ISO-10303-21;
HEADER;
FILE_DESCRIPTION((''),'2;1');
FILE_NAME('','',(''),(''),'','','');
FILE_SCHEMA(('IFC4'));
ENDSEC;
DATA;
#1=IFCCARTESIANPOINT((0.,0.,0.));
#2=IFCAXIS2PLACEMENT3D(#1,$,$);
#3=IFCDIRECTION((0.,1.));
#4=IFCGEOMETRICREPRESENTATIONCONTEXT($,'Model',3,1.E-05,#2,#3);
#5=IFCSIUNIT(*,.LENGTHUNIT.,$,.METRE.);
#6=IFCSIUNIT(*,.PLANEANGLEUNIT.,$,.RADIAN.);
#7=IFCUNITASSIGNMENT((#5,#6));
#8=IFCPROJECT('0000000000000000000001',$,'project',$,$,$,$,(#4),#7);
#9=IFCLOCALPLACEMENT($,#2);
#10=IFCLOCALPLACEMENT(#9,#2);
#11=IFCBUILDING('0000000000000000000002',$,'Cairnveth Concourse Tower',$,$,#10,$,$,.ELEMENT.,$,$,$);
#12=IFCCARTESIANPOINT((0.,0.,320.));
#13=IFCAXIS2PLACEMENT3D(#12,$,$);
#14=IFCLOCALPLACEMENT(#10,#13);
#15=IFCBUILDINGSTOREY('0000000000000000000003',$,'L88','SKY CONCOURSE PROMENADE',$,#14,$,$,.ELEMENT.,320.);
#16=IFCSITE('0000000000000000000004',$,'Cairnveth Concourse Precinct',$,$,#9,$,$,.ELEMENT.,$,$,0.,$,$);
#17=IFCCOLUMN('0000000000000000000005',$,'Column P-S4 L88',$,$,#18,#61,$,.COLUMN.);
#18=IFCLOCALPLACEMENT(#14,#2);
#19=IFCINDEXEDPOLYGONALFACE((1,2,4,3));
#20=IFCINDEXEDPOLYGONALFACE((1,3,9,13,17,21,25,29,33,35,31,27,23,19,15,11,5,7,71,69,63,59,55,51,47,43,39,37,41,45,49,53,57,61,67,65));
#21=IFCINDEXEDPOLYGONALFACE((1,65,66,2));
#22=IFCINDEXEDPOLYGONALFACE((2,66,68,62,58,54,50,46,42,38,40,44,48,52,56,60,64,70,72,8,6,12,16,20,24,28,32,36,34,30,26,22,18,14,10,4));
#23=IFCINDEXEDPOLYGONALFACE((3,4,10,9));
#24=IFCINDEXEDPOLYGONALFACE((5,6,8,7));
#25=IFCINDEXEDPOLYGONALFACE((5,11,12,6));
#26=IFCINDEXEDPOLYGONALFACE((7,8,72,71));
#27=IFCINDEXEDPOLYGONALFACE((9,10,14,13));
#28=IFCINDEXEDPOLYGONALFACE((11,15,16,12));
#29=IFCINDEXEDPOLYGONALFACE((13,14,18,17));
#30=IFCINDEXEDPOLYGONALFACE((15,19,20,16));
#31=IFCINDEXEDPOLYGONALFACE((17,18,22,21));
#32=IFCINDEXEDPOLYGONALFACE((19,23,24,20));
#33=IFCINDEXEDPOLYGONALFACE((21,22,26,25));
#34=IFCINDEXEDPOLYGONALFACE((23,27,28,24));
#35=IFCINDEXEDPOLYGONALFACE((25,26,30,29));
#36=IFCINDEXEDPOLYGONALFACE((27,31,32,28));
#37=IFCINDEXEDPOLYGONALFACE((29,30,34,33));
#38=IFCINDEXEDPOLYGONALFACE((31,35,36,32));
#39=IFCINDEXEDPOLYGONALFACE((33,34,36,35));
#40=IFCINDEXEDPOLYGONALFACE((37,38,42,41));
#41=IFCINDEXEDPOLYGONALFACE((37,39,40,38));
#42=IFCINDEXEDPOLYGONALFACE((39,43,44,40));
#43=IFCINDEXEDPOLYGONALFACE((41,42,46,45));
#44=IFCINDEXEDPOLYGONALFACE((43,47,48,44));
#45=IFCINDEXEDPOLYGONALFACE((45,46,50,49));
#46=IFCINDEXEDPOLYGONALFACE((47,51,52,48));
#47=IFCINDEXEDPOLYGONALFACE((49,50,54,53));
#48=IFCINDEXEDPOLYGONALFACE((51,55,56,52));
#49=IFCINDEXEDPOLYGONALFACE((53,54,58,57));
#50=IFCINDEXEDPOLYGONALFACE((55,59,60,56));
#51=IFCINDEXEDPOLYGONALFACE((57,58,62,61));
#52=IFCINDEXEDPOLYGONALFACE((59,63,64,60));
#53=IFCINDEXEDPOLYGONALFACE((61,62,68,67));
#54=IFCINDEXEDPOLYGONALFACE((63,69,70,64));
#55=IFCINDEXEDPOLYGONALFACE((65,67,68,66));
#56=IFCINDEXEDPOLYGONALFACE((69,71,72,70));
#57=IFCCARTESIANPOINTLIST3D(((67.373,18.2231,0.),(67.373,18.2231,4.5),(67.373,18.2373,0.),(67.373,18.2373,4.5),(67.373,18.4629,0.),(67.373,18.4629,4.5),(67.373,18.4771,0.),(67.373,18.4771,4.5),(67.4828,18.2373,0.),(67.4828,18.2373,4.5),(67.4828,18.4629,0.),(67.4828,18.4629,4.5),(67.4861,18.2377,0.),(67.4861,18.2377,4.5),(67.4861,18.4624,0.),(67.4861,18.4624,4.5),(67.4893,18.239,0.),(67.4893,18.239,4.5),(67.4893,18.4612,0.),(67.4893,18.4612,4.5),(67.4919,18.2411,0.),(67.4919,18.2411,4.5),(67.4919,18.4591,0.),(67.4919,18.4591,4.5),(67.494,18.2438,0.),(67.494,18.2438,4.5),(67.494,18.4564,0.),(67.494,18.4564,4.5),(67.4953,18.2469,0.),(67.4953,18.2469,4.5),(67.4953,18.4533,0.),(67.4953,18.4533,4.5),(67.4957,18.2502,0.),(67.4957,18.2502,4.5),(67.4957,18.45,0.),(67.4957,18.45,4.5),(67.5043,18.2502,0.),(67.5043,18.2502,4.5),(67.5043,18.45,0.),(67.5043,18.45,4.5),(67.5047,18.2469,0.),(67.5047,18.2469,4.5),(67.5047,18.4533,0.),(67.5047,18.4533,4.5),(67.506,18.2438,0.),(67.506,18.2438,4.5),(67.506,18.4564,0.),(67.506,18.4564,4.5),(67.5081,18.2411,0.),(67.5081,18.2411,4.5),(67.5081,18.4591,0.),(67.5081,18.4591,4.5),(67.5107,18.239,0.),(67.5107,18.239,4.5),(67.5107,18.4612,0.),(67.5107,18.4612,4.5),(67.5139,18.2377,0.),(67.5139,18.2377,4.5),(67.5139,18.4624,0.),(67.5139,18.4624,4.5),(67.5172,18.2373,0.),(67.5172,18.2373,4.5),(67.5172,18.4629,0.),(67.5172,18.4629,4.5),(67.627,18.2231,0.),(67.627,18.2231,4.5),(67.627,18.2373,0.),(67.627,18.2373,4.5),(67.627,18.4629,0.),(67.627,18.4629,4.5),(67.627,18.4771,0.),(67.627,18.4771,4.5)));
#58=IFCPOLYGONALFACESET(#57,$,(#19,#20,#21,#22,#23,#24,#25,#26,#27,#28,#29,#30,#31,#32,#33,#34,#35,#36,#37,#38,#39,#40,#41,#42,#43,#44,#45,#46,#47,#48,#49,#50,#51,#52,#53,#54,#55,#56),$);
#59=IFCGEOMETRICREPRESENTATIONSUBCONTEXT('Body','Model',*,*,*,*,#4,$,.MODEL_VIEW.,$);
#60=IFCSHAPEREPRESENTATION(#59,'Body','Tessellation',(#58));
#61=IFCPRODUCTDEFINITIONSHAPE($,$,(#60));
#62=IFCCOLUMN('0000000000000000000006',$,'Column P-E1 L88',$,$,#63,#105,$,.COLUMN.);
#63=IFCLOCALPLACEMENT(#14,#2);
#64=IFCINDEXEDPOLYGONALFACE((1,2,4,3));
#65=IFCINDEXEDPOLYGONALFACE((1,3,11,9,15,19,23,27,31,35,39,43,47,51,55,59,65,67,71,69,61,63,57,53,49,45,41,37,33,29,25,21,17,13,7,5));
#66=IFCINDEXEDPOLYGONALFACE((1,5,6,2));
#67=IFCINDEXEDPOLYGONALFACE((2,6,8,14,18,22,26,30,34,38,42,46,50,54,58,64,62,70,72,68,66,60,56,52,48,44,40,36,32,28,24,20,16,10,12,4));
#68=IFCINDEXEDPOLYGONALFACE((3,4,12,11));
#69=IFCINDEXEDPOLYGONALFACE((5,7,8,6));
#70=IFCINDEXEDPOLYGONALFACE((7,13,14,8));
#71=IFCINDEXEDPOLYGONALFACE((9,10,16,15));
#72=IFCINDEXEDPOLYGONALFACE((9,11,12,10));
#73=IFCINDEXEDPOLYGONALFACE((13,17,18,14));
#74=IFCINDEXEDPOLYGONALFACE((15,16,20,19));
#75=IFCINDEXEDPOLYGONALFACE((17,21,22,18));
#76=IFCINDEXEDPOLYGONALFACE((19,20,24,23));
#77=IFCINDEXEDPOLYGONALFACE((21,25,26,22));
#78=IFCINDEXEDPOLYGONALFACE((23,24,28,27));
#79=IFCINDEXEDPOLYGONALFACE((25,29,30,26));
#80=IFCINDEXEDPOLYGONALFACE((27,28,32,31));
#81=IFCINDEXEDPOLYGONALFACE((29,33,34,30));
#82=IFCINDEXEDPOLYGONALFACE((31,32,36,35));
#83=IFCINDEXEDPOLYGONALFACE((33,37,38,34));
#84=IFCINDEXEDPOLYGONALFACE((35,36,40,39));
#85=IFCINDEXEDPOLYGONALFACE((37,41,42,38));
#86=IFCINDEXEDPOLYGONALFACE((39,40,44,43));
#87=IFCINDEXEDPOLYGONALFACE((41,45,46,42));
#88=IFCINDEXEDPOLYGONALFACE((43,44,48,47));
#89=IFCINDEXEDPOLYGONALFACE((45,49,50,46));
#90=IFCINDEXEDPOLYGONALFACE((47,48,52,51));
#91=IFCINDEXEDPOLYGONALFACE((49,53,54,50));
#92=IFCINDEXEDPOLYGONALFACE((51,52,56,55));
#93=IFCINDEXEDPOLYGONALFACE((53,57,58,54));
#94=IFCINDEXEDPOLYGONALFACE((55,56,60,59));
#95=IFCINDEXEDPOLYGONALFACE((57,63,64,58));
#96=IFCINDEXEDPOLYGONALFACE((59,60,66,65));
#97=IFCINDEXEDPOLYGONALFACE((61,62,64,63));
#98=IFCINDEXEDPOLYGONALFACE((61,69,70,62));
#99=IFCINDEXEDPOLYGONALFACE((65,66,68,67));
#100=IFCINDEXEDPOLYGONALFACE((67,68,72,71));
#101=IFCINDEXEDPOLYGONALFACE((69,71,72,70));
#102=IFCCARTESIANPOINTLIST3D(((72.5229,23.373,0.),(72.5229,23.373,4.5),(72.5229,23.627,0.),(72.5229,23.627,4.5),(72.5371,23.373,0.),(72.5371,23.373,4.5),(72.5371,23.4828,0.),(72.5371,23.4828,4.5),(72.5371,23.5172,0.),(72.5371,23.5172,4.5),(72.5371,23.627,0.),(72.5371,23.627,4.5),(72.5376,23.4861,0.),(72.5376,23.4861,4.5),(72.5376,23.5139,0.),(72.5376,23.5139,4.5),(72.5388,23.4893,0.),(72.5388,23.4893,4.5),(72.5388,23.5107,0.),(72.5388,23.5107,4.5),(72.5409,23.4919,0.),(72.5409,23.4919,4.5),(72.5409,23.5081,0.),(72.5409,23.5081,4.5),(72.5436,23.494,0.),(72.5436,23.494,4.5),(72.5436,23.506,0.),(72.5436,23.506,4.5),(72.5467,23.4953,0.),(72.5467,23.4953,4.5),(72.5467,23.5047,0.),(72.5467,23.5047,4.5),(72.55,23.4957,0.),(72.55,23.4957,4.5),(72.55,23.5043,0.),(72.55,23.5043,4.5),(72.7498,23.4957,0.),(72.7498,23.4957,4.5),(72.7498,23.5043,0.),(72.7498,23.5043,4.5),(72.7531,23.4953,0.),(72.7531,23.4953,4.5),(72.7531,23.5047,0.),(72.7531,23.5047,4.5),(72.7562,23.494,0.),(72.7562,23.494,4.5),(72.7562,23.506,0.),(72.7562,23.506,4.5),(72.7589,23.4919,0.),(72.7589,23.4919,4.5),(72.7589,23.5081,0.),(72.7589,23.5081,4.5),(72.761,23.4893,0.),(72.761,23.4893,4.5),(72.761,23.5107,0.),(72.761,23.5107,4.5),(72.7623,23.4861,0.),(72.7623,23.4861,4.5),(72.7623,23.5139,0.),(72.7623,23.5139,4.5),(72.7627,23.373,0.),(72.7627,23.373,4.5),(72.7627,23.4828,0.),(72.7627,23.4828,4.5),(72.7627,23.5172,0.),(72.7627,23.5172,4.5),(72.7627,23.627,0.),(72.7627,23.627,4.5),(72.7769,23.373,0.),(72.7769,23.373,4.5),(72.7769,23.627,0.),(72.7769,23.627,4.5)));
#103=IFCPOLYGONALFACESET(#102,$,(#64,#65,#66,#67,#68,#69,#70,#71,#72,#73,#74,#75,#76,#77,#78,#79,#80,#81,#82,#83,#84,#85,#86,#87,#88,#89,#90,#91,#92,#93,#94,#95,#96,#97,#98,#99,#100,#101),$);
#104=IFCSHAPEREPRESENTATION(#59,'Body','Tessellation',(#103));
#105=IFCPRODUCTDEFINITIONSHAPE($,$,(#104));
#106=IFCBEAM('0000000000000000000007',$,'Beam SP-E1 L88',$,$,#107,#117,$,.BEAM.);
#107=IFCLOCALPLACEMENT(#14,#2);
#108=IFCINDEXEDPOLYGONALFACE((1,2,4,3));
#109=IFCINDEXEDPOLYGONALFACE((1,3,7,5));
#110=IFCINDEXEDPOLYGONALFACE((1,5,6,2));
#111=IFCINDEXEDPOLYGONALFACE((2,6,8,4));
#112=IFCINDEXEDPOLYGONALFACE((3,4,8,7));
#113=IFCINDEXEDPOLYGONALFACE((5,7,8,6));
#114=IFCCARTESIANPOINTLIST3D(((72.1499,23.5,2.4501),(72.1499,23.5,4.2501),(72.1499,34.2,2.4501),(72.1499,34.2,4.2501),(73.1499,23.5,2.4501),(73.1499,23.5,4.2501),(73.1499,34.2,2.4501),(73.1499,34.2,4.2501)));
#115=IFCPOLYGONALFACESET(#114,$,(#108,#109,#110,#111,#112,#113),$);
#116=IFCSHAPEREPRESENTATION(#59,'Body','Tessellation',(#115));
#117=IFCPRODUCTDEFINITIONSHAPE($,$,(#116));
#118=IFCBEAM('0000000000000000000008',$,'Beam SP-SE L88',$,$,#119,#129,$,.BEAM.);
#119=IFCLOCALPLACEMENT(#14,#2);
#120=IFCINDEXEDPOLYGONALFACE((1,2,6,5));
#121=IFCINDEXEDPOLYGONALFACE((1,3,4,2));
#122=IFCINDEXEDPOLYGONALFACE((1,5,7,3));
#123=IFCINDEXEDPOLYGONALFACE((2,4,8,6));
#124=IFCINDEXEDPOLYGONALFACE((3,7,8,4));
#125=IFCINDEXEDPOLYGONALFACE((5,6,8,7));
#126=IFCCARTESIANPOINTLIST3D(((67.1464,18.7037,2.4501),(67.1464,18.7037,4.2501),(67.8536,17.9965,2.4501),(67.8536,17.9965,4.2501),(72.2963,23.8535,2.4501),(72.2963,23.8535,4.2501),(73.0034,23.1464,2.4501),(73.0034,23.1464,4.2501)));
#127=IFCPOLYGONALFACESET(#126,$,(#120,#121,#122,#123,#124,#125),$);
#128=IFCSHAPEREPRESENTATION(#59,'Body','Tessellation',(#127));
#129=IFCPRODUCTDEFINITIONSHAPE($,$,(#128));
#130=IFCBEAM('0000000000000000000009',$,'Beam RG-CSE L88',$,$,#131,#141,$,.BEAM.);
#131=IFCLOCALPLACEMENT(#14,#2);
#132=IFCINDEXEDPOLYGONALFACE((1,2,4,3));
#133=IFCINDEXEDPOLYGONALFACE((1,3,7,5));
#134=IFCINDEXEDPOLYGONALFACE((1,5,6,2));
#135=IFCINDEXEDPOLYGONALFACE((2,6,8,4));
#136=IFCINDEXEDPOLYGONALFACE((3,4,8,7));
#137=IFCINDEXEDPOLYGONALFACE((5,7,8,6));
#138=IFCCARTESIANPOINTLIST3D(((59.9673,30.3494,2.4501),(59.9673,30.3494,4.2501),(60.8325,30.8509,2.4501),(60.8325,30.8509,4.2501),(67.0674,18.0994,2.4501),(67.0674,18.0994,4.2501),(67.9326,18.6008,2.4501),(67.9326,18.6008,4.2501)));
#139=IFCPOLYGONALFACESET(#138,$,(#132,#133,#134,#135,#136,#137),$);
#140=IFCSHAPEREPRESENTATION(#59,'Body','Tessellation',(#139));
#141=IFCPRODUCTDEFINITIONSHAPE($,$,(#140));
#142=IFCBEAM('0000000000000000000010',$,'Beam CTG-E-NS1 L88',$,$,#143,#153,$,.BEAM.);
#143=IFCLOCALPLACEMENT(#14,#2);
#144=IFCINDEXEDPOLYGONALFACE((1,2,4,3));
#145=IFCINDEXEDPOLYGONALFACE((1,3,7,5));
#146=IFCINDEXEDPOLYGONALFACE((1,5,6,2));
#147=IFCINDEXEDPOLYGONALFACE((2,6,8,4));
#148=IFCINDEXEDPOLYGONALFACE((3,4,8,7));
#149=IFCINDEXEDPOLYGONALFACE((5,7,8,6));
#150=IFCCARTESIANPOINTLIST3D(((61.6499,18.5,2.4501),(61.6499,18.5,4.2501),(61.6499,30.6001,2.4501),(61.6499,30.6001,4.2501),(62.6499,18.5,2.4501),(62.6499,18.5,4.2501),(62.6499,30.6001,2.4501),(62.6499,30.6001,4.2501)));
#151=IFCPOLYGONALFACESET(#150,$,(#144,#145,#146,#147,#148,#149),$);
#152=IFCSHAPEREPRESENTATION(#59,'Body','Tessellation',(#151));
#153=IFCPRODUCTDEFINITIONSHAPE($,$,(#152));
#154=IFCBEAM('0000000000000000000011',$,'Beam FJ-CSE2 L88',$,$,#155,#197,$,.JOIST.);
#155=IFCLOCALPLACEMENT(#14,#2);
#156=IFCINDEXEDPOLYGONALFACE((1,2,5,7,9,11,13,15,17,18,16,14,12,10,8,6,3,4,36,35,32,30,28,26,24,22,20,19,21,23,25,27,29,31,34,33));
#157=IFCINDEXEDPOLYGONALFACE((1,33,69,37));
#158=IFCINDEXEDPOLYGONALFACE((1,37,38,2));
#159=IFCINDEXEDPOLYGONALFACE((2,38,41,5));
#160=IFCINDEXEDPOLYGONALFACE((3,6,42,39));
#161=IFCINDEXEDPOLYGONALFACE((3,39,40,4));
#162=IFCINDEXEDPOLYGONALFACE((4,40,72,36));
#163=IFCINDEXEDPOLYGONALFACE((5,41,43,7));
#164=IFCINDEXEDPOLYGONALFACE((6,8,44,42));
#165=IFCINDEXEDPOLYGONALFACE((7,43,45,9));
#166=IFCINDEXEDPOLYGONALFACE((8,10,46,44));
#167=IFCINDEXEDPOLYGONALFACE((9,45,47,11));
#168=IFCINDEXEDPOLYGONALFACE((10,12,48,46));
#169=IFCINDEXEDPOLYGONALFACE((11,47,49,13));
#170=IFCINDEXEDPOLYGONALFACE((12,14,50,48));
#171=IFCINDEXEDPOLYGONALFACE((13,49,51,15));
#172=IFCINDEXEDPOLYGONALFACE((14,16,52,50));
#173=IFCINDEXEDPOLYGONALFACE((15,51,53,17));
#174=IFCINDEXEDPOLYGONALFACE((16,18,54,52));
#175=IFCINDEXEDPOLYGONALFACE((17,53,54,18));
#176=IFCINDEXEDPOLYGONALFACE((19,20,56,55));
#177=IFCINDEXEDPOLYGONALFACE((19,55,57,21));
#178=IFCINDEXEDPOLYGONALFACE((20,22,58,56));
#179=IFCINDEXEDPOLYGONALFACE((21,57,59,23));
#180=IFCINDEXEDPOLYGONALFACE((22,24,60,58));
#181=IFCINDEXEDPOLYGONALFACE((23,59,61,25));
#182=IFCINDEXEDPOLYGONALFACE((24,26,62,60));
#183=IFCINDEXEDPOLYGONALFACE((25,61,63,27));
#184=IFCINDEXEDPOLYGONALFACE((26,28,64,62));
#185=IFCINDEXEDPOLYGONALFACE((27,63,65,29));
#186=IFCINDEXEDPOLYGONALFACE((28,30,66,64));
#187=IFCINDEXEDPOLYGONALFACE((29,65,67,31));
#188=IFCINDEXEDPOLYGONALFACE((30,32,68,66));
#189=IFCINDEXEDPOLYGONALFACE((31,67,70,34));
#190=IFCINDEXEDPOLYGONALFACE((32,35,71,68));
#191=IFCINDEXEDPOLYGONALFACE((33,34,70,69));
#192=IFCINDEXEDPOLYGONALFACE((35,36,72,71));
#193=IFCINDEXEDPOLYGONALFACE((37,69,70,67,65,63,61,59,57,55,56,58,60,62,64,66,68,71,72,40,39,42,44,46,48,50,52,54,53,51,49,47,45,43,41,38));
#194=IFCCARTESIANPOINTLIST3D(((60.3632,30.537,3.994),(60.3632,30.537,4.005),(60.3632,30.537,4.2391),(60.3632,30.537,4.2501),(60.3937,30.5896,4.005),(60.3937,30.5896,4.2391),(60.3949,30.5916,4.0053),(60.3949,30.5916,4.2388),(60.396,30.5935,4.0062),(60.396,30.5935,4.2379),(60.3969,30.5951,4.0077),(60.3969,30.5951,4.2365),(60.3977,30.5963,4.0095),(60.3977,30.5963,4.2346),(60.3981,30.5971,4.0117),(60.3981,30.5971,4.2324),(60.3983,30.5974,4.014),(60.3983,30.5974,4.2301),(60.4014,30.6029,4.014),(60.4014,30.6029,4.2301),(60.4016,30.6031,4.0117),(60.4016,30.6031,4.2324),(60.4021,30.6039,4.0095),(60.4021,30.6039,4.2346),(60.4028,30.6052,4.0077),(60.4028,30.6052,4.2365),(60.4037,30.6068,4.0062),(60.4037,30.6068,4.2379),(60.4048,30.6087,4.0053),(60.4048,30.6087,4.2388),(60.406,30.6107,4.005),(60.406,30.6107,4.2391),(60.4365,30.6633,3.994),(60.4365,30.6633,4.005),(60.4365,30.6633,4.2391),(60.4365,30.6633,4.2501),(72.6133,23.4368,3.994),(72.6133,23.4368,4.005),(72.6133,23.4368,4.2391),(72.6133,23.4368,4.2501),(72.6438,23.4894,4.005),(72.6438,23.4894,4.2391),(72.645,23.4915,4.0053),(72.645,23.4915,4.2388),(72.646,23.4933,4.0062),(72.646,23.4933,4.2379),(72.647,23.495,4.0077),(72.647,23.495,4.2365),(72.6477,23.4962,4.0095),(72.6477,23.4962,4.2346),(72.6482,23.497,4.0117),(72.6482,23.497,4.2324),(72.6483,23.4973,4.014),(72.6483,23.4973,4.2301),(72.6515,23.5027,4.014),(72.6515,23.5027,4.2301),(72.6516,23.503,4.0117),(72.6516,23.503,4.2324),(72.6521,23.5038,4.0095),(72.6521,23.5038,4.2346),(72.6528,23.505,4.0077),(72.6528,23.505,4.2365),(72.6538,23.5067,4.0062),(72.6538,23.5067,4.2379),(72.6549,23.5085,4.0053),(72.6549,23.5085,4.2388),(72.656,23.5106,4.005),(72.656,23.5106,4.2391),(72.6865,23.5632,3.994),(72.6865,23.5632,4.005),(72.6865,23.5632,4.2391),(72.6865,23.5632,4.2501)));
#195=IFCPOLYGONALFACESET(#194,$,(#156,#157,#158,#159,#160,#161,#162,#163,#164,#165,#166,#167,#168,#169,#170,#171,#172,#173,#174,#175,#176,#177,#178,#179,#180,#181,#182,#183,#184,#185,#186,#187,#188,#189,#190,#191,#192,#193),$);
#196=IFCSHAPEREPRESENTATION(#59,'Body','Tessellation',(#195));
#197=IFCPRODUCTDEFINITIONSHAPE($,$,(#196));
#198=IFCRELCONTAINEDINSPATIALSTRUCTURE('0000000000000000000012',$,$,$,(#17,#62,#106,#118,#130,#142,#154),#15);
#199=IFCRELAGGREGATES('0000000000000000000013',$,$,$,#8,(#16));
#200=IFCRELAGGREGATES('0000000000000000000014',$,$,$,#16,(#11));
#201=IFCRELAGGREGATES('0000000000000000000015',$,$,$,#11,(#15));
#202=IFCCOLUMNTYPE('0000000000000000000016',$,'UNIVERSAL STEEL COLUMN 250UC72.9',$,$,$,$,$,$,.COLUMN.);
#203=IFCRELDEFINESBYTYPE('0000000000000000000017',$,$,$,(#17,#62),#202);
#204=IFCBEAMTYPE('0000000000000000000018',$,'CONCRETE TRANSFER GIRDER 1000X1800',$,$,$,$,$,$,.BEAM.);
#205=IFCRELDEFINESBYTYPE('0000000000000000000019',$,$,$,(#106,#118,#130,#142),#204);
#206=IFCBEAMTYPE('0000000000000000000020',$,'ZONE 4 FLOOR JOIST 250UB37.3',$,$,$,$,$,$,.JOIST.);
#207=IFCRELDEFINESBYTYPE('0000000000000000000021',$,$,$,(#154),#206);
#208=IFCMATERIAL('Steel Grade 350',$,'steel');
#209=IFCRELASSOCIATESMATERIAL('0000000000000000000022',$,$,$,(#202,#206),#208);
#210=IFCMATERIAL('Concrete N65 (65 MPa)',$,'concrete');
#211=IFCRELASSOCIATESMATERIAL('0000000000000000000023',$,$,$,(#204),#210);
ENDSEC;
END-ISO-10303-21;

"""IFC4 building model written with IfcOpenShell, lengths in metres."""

from ifc_helpers import new_model, si_unit, direction, frame, origin, origin_2d, place, context, subcontext, project, spatial, rectangle, i_section, extrude, material, material_profile, profile_set, type_object, element, save


model = new_model("IFC4")

# Units and contexts
model_context = context("Model", 3, precision=1e-05, world=origin(), true_north=direction((0.0, 1.0)))
body_context = subcontext(model_context, "Body", "Model", "MODEL_VIEW")
ifc_project = project(units=[si_unit("LENGTHUNIT", "METRE"), si_unit("PLANEANGLEUNIT", "RADIAN")], contexts=[model_context])

# Site, building, storey
site_placement = place(None, origin())
site = spatial("IfcSite", under=ifc_project, at=site_placement, Name="Cairnveth Concourse Precinct", CompositionType="ELEMENT", RefElevation=0.0)
building_placement = place(site_placement, origin())
building = spatial("IfcBuilding", under=site, at=building_placement, Name="Cairnveth Concourse Tower", CompositionType="ELEMENT")
storey_placement = place(building_placement, frame((0.0, 0.0, 320.0)))
storey = spatial("IfcBuildingStorey", under=building, at=storey_placement, Name="L88", Description="SKY CONCOURSE PROMENADE", CompositionType="ELEMENT", Elevation=320.0)

# Columns
ifc_material_1 = material(Name="Steel Grade 350", Category="steel")
ifc_material_profile_1 = material_profile(ifc_material_1, i_section(OverallWidth=0.2539, OverallDepth=0.2539, WebThickness=0.0085, FlangeThickness=0.0142, FilletRadius=0.0129, at=origin_2d()), Name="250UC72.9")
ifc_profile_set_1 = profile_set([ifc_material_profile_1], Name="Steel Grade 350")
column_type = type_object("IfcColumnType", Name="UNIVERSAL STEEL COLUMN 250UC72.9", PredefinedType="COLUMN", material=ifc_profile_set_1)
for number, where, z_axis, x_axis, name in (
    (1, (67.5, 18.3501, 0.0), (0.0, 0.0, 1.0), (1.0, 0.0, 0.0), "Column P-S4 L88"),
    (2, (72.6499, 23.5, 0.0), (0.0, 0.0, 1.0), (0.0, 1.0, 0.0), "Column P-E1 L88"),
):
    element("IfcColumn", number, at=place(storey_placement, frame(where, z_axis=z_axis, x_axis=x_axis)), inside=storey, type_object=column_type, Name=name, PredefinedType="COLUMN", context=body_context, shape_type="SweptSolid", body=[
        extrude(i_section(OverallWidth=0.2539, OverallDepth=0.2539, WebThickness=0.0085, FlangeThickness=0.0142, FilletRadius=0.0129, at=origin_2d()), origin(), (0.0, 0.0, 1.0), 4.5),
    ])

# Beams
ifc_material_2 = material(Name="Concrete N65 (65 MPa)", Category="concrete")
ifc_material_profile_2 = material_profile(ifc_material_2, rectangle(XDim=1.0, YDim=1.8, at=origin_2d()), Name="RC-TB-1000x1800")
ifc_profile_set_2 = profile_set([ifc_material_profile_2], Name="Concrete N65 (65 MPa)")
beam_type_1 = type_object("IfcBeamType", Name="CONCRETE TRANSFER GIRDER 1000X1800", PredefinedType="BEAM", material=ifc_profile_set_2)
beam_1_placement = place(storey_placement, frame((72.6499, 23.5, 3.3501), z_axis=(0.0, 1.0, 0.0), x_axis=(-1.0, 0.0, 0.0)))
element("IfcBeam", 3, at=beam_1_placement, inside=storey, type_object=beam_type_1, Name="Beam SP-E1 L88", PredefinedType="BEAM", context=body_context, shape_type="SweptSolid", body=[
    extrude(rectangle(XDim=1.0, YDim=1.8, at=origin_2d()), origin(), (0.0, 0.0, 1.0), 10.7),
])
beam_2_placement = place(storey_placement, frame((67.5, 18.3501, 3.3501), z_axis=(0.707107, 0.707107, 0.0), x_axis=(-0.707107, 0.707107, 0.0)))
element("IfcBeam", 4, at=beam_2_placement, inside=storey, type_object=beam_type_1, Name="Beam SP-SE L88", PredefinedType="BEAM", context=body_context, shape_type="SweptSolid", body=[
    extrude(rectangle(XDim=1.0, YDim=1.8, at=origin_2d()), origin(), (0.0, 0.0, 1.0), 7.283),
])
beam_3_placement = place(storey_placement, frame((67.5, 18.3501, 3.3501), z_axis=(-0.501459, 0.865181, 0.0), x_axis=(-0.865181, -0.501459, 0.0)))
element("IfcBeam", 5, at=beam_3_placement, inside=storey, type_object=beam_type_1, Name="Beam RG-CSE L88", PredefinedType="BEAM", context=body_context, shape_type="SweptSolid", body=[
    extrude(rectangle(XDim=1.0, YDim=1.8, at=origin_2d()), origin(), (0.0, 0.0, 1.0), 14.1589),
])
beam_4_placement = place(storey_placement, frame((62.1499, 18.5, 3.3501), z_axis=(0.0, 1.0, 0.0), x_axis=(-1.0, 0.0, 0.0)))
element("IfcBeam", 6, at=beam_4_placement, inside=storey, type_object=beam_type_1, Name="Beam CTG-E-NS1 L88", PredefinedType="BEAM", context=body_context, shape_type="SweptSolid", body=[
    extrude(rectangle(XDim=1.0, YDim=1.8, at=origin_2d()), origin(), (0.0, 0.0, 1.0), 12.1001),
])
ifc_material_profile_3 = material_profile(ifc_material_1, i_section(OverallWidth=0.146, OverallDepth=0.2561, WebThickness=0.0063, FlangeThickness=0.011, FilletRadius=0.009, at=origin_2d()), Name="250UB37.3")
ifc_profile_set_3 = profile_set([ifc_material_profile_3], Name="Steel Grade 350")
beam_type_2 = type_object("IfcBeamType", Name="ZONE 4 FLOOR JOIST 250UB37.3", PredefinedType="JOIST", material=ifc_profile_set_3)
beam_5_placement = place(storey_placement, frame((72.6499, 23.5, 4.1221), z_axis=(-0.865181, 0.501459, 0.0), x_axis=(-0.501459, -0.865181, 0.0)))
element("IfcBeam", 7, at=beam_5_placement, inside=storey, type_object=beam_type_2, Name="Beam FJ-CSE2 L88", PredefinedType="JOIST", context=body_context, shape_type="SweptSolid", body=[
    extrude(i_section(OverallWidth=0.146, OverallDepth=0.2561, WebThickness=0.0063, FlangeThickness=0.011, FilletRadius=0.009, at=origin_2d()), origin(), (0.0, 0.0, 1.0), 14.1589),
])

save(model, "model.ifc")
